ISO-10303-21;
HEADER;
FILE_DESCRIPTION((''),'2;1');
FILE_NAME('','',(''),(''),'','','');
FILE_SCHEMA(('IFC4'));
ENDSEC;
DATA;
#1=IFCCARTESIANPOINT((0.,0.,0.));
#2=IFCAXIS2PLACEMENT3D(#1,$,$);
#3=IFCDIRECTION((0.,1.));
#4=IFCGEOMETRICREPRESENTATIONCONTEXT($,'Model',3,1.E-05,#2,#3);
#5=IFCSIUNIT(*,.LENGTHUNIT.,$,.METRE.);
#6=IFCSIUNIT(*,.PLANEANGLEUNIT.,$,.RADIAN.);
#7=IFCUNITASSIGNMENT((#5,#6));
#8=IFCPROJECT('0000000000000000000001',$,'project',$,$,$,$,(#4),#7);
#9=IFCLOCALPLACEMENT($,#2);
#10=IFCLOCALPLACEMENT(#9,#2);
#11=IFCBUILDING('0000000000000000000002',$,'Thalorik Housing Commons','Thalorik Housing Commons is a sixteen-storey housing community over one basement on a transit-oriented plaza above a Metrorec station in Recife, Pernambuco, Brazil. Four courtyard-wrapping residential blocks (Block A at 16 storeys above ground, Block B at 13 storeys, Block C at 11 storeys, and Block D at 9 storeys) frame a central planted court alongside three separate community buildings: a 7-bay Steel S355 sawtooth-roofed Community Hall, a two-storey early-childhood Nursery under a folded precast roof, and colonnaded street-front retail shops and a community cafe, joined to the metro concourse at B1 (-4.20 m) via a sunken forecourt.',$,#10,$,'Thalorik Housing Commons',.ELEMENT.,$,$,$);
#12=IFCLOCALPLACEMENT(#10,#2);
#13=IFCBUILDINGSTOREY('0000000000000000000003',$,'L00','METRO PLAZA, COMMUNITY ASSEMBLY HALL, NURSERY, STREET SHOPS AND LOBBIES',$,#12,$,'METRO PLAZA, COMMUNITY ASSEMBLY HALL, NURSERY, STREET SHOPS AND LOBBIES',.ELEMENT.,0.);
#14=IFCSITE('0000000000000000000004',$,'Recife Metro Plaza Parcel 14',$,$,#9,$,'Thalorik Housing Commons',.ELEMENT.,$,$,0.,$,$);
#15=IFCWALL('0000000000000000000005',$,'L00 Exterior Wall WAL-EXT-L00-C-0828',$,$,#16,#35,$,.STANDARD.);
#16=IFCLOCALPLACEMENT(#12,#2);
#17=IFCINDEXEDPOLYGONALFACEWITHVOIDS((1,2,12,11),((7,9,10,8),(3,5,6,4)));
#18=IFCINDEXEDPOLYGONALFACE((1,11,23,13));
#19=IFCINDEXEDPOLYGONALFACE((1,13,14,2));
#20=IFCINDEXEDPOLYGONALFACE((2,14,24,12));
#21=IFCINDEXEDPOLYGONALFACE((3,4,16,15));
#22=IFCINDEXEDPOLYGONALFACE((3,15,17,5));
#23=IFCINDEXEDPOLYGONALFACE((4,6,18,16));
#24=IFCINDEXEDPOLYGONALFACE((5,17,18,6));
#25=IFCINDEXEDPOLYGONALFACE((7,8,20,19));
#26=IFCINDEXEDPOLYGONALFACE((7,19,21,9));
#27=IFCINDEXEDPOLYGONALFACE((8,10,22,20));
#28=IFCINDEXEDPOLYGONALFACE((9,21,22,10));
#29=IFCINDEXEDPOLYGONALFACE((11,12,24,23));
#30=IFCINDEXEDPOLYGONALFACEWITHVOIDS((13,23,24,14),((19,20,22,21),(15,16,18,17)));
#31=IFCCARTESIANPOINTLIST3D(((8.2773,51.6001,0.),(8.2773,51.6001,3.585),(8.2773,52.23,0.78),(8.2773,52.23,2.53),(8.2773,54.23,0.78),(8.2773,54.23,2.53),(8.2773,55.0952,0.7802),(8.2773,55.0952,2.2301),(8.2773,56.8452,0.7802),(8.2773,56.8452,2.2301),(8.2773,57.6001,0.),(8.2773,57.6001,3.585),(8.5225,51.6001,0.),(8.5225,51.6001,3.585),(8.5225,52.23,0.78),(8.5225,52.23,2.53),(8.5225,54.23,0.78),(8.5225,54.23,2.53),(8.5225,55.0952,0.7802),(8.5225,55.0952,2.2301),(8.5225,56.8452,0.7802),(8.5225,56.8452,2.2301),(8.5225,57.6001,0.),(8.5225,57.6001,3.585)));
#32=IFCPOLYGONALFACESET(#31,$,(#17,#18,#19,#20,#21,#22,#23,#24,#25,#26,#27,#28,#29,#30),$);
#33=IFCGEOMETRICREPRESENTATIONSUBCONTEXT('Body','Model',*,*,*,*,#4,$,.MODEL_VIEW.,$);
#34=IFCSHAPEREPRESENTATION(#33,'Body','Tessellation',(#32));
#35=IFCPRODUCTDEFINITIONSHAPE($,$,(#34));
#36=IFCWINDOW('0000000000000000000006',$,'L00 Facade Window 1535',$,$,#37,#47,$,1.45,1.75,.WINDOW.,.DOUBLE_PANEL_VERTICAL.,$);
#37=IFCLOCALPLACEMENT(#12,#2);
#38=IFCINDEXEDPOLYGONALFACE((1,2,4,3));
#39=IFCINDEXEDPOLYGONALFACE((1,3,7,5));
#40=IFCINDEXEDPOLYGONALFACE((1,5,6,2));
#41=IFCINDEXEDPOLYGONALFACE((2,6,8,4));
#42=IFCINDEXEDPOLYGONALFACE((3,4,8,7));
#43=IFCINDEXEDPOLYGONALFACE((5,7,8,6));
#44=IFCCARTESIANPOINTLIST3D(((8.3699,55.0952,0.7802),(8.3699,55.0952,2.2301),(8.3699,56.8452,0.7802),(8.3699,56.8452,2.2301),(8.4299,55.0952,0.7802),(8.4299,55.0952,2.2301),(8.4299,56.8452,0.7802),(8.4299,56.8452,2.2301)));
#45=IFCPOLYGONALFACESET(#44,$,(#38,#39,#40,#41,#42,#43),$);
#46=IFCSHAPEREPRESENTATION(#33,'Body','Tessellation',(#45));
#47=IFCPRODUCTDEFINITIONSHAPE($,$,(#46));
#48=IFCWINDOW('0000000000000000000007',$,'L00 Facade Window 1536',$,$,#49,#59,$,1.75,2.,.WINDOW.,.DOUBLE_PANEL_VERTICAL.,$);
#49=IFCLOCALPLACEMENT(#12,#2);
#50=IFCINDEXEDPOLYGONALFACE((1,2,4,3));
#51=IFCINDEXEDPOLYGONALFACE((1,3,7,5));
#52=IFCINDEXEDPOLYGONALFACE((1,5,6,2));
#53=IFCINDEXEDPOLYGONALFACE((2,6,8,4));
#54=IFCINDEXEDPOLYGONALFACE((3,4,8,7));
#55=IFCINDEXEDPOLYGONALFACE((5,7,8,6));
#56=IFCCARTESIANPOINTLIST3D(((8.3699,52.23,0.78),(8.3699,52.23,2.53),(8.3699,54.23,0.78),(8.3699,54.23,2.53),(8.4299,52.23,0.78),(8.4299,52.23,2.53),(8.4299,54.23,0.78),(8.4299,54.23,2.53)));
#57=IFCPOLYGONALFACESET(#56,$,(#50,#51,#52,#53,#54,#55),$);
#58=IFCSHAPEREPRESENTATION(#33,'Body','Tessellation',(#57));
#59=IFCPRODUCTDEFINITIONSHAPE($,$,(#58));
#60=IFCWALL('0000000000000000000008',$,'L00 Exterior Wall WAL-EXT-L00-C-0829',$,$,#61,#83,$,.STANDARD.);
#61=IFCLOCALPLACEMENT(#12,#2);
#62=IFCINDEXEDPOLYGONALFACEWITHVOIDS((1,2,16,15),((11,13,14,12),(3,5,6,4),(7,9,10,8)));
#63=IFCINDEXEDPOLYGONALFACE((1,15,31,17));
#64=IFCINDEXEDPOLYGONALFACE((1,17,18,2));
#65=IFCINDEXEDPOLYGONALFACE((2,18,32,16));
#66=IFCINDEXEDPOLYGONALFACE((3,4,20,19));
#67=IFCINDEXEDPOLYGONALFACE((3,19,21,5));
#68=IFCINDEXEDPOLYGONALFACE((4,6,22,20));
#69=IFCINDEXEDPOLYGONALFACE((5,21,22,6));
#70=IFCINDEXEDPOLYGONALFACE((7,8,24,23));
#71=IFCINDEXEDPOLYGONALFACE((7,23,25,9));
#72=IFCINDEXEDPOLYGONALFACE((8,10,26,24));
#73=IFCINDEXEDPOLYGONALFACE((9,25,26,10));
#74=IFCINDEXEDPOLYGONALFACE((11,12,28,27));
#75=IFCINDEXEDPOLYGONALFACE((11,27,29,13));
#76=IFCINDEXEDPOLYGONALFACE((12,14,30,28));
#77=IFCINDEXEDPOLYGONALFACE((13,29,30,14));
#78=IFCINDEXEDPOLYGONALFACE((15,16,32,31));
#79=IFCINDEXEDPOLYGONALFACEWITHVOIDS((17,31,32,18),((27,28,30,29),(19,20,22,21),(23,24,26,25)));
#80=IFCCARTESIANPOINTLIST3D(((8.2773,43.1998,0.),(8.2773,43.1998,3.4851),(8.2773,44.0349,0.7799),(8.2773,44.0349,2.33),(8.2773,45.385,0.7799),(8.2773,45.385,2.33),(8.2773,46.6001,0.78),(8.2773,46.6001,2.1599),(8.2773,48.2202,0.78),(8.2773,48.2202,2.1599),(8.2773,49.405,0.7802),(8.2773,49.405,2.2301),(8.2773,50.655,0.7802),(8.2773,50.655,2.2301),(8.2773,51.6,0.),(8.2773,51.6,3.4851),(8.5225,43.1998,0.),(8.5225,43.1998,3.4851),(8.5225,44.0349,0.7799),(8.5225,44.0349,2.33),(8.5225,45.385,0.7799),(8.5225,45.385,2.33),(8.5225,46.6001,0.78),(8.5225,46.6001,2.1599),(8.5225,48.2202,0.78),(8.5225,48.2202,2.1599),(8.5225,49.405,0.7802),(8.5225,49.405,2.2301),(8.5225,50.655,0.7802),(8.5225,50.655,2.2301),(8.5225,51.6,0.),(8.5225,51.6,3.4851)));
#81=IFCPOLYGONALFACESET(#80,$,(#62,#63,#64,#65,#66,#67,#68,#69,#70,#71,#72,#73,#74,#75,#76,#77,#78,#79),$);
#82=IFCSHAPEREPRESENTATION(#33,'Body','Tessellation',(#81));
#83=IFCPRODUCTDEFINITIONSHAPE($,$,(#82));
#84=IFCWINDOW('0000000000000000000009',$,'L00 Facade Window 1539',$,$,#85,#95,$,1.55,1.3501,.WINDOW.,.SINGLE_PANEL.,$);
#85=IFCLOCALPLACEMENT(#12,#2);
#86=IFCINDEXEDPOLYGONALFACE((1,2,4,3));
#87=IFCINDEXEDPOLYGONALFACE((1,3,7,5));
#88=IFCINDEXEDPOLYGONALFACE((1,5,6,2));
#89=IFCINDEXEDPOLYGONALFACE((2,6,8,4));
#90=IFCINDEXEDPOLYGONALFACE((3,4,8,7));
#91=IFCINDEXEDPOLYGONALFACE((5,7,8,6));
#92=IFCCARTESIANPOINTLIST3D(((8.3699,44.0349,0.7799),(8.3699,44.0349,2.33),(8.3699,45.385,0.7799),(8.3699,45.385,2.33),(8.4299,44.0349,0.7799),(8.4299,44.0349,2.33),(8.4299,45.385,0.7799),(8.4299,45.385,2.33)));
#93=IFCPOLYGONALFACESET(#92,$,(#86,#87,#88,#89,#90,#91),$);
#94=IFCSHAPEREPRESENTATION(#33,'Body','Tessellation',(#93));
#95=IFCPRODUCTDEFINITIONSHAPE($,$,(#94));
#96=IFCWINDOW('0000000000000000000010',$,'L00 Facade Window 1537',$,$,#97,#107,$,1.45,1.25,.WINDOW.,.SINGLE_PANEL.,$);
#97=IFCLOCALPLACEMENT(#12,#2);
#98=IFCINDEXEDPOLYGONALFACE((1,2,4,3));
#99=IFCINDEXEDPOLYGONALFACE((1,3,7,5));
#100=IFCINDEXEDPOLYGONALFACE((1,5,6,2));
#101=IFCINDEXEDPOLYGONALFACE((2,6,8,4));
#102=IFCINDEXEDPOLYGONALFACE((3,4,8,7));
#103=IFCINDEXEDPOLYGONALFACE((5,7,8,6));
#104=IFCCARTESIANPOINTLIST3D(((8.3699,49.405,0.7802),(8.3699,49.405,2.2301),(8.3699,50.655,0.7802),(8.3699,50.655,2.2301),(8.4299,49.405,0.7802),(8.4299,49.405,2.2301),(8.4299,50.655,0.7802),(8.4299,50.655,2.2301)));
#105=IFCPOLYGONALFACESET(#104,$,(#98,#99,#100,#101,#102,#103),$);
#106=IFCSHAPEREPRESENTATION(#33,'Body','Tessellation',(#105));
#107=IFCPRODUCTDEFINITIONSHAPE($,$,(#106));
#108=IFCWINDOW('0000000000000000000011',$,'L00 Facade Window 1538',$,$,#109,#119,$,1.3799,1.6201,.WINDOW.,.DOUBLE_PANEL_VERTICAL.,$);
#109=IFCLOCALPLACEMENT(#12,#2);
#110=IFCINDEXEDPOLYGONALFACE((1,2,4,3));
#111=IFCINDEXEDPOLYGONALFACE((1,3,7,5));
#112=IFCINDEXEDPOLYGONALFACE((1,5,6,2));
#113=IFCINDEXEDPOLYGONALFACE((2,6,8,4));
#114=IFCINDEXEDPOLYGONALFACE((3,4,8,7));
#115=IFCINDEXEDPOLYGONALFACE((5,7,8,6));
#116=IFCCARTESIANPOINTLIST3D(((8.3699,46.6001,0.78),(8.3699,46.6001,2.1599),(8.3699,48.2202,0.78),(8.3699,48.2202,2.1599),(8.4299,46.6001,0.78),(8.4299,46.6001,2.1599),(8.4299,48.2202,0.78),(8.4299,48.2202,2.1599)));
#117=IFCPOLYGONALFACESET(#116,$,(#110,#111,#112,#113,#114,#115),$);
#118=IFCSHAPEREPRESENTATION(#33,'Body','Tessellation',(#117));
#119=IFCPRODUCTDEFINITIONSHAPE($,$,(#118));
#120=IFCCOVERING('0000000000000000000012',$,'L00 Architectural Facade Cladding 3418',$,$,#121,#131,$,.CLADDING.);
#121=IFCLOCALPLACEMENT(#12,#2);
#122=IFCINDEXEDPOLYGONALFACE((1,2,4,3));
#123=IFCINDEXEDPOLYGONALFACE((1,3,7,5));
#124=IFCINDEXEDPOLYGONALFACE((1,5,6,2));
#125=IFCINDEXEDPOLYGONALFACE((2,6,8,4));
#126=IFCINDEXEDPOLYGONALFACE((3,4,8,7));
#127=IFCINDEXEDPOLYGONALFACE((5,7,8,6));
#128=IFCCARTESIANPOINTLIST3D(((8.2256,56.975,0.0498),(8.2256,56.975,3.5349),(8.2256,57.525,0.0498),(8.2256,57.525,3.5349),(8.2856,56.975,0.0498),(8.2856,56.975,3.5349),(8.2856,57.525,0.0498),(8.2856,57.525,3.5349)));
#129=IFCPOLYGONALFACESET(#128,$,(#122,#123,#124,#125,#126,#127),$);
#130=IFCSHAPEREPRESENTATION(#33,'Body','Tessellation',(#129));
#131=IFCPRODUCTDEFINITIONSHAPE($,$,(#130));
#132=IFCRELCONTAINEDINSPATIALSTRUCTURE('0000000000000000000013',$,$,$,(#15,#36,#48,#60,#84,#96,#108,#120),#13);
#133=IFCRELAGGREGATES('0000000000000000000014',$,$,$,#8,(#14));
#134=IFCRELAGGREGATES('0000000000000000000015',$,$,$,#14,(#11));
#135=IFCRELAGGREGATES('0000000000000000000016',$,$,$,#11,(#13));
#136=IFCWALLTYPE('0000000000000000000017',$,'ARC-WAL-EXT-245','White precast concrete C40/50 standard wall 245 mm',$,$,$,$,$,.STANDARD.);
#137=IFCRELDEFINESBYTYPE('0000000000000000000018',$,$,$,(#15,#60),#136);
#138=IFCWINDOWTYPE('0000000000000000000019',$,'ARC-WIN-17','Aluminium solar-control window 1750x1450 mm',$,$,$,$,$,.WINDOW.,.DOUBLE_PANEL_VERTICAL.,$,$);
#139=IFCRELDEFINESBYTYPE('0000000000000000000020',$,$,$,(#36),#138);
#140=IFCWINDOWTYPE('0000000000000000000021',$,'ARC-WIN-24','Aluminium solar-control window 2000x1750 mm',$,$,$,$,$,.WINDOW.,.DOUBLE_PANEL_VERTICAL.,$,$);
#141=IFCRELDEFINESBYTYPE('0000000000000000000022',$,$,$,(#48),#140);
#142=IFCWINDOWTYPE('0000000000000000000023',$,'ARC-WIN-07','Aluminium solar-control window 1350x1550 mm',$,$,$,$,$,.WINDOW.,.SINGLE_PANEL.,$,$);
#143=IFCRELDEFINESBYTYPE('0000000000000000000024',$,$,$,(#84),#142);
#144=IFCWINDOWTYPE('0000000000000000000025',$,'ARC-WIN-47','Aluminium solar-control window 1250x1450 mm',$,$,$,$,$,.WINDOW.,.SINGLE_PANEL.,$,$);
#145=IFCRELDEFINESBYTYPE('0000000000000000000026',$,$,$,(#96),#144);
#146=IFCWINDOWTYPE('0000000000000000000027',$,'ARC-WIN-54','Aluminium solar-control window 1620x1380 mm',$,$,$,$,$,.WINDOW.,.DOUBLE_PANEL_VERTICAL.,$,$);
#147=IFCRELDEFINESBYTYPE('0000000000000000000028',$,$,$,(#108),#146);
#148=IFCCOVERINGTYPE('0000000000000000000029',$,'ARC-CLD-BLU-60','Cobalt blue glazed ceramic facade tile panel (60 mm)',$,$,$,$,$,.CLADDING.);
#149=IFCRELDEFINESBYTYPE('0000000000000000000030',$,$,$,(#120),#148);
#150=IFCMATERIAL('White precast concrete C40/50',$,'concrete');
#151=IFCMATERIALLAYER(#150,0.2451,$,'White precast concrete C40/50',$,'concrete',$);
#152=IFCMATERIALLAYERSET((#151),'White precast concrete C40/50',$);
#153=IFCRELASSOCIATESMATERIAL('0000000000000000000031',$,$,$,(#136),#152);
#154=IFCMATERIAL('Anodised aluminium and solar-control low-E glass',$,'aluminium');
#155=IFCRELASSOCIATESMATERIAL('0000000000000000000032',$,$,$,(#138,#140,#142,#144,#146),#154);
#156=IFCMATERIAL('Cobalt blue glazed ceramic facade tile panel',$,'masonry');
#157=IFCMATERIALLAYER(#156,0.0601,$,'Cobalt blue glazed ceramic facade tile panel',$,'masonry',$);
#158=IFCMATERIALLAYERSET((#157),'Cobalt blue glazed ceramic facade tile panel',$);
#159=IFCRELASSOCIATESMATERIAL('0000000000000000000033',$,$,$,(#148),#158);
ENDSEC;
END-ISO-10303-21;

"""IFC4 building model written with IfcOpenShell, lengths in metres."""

from ifc_helpers import new_model, si_unit, direction, frame, frame_2d, origin, origin_2d, place, context, subcontext, project, spatial, rectangle, extrude, material, layer, layer_set, type_object, element, fill, save


model = new_model("IFC4")

# Units and contexts
model_context = context("Model", 3, precision=1e-05, world=origin(), true_north=direction((0.0, 1.0)))
body_context = subcontext(model_context, "Body", "Model", "MODEL_VIEW")
ifc_project = project(units=[si_unit("LENGTHUNIT", "METRE"), si_unit("PLANEANGLEUNIT", "RADIAN")], contexts=[model_context])

# Site, building, storey
site_placement = place(None, origin())
site = spatial("IfcSite", under=ifc_project, at=site_placement, Name="Recife Metro Plaza Parcel 14", LongName="Thalorik Housing Commons", CompositionType="ELEMENT", RefElevation=0.0)
building_placement = place(site_placement, origin())
building = spatial("IfcBuilding", under=site, at=building_placement, Name="Thalorik Housing Commons", Description="Thalorik Housing Commons is a sixteen-storey housing community over one basement on a transit-oriented plaza above a Metrorec station in Recife, Pernambuco, Brazil. Four courtyard-wrapping residential blocks (Block A at 16 storeys above ground, Block B at 13 storeys, Block C at 11 storeys, and Block D at 9 storeys) frame a central planted court alongside three separate community buildings: a 7-bay Steel S355 sawtooth-roofed Community Hall, a two-storey early-childhood Nursery under a folded precast roof, and colonnaded street-front retail shops and a community cafe, joined to the metro concourse at B1 (-4.20 m) via a sunken forecourt.", LongName="Thalorik Housing Commons", CompositionType="ELEMENT")
storey_placement = place(building_placement, origin())
storey = spatial("IfcBuildingStorey", under=building, at=storey_placement, Name="L00", Description="METRO PLAZA, COMMUNITY ASSEMBLY HALL, NURSERY, STREET SHOPS AND LOBBIES", LongName="METRO PLAZA, COMMUNITY ASSEMBLY HALL, NURSERY, STREET SHOPS AND LOBBIES", CompositionType="ELEMENT", Elevation=0.0)

# Walls, openings, windows
ifc_material_1 = material(Name="White precast concrete C40/50", Category="concrete")
ifc_layer_1 = layer(ifc_material_1, 0.2451, Name="White precast concrete C40/50", Category="concrete")
ifc_layer_set_1 = layer_set([ifc_layer_1], Name="White precast concrete C40/50")
wall_type = type_object("IfcWallType", Name="ARC-WAL-EXT-245", Description="White precast concrete C40/50 standard wall 245 mm", PredefinedType="STANDARD", material=ifc_layer_set_1)
ifc_material_2 = material(Name="Anodised aluminium and solar-control low-E glass", Category="aluminium")
wall_1_placement = place(storey_placement, frame((8.3999, 57.6001, 0.0), z_axis=(0.0, 0.0, 1.0), x_axis=(0.0, -1.0, 0.0)))
wall_1 = element("IfcWall", 1, at=wall_1_placement, inside=storey, type_object=wall_type, Name="L00 Exterior Wall WAL-EXT-L00-C-0828", PredefinedType="STANDARD", context=body_context, shape_type="SweptSolid", body=[
    extrude(rectangle(XDim=6.0, YDim=0.2451, at=frame_2d((3.0, 0.0))), origin(), (0.0, 0.0, 1.0), 3.585),
])
opening_1_placement = place(wall_1_placement, frame((0.7549, 0.0, 0.78)))
opening_1 = element("IfcOpeningElement", 2, at=opening_1_placement, cuts=wall_1, PredefinedType="OPENING", context=body_context, shape_type="SweptSolid", body=[
    extrude(rectangle(XDim=1.75, YDim=1.45, at=frame_2d((0.875, 0.7251))), frame((0.0, 0.1326, 0.0), z_axis=(0.0, -1.0, 0.0), x_axis=(1.0, 0.0, 0.0)), (0.0, 0.0, 1.0), 0.2651),
])
opening_2_placement = place(wall_1_placement, frame((3.3701, 0.0, 0.78)))
opening_2 = element("IfcOpeningElement", 3, at=opening_2_placement, cuts=wall_1, PredefinedType="OPENING", context=body_context, shape_type="SweptSolid", body=[
    extrude(rectangle(XDim=2.0, YDim=1.75, at=frame_2d((1.0, 0.875))), frame((0.0, 0.1326, 0.0), z_axis=(0.0, -1.0, 0.0), x_axis=(1.0, 0.0, 0.0)), (0.0, 0.0, 1.0), 0.2651),
])
window_type_1 = type_object("IfcWindowType", Name="ARC-WIN-17", Description="Aluminium solar-control window 1750x1450 mm", PartitioningType="DOUBLE_PANEL_VERTICAL", PredefinedType="WINDOW", material=ifc_material_2)
window_1_placement = place(opening_1_placement, origin())
window_1 = element("IfcWindow", 4, at=window_1_placement, inside=storey, type_object=window_type_1, Name="L00 Facade Window 1535", OverallHeight=1.45, OverallWidth=1.75, PartitioningType="DOUBLE_PANEL_VERTICAL", PredefinedType="WINDOW", context=body_context, shape_type="SweptSolid", body=[
    extrude(rectangle(XDim=1.75, YDim=1.45, at=frame_2d((0.875, 0.7251))), frame((0.0, 0.03, 0.0), z_axis=(0.0, -1.0, 0.0), x_axis=(1.0, 0.0, 0.0)), (0.0, 0.0, 1.0), 0.0601),
])
fill(opening_1, window_1)
window_type_2 = type_object("IfcWindowType", Name="ARC-WIN-24", Description="Aluminium solar-control window 2000x1750 mm", PartitioningType="DOUBLE_PANEL_VERTICAL", PredefinedType="WINDOW", material=ifc_material_2)
window_2_placement = place(opening_2_placement, origin())
window_2 = element("IfcWindow", 5, at=window_2_placement, inside=storey, type_object=window_type_2, Name="L00 Facade Window 1536", OverallHeight=1.75, OverallWidth=2.0, PartitioningType="DOUBLE_PANEL_VERTICAL", PredefinedType="WINDOW", context=body_context, shape_type="SweptSolid", body=[
    extrude(rectangle(XDim=2.0, YDim=1.75, at=frame_2d((1.0, 0.875))), frame((0.0, 0.03, 0.0), z_axis=(0.0, -1.0, 0.0), x_axis=(1.0, 0.0, 0.0)), (0.0, 0.0, 1.0), 0.0601),
])
fill(opening_2, window_2)
wall_2_placement = place(storey_placement, frame((8.3999, 51.6001, 0.0), z_axis=(0.0, 0.0, 1.0), x_axis=(0.0, -1.0, 0.0)))
wall_2 = element("IfcWall", 6, at=wall_2_placement, inside=storey, type_object=wall_type, Name="L00 Exterior Wall WAL-EXT-L00-C-0829", PredefinedType="STANDARD", context=body_context, shape_type="SweptSolid", body=[
    extrude(rectangle(XDim=8.4001, YDim=0.2451, at=frame_2d((4.2002, 0.0))), origin(), (0.0, 0.0, 1.0), 3.4851),
])
opening_3_placement = place(wall_2_placement, frame((0.9451, 0.0, 0.78)))
opening_3 = element("IfcOpeningElement", 7, at=opening_3_placement, cuts=wall_2, PredefinedType="OPENING", context=body_context, shape_type="SweptSolid", body=[
    extrude(rectangle(XDim=1.25, YDim=1.45, at=frame_2d((0.625, 0.7251))), frame((0.0, 0.1326, 0.0), z_axis=(0.0, -1.0, 0.0), x_axis=(1.0, 0.0, 0.0)), (0.0, 0.0, 1.0), 0.2651),
])
opening_4_placement = place(wall_2_placement, frame((3.3799, 0.0, 0.78)))
opening_4 = element("IfcOpeningElement", 8, at=opening_4_placement, cuts=wall_2, PredefinedType="OPENING", context=body_context, shape_type="SweptSolid", body=[
    extrude(rectangle(XDim=1.6201, YDim=1.3799, at=frame_2d((0.8101, 0.6899))), frame((0.0, 0.1326, 0.0), z_axis=(0.0, -1.0, 0.0), x_axis=(1.0, 0.0, 0.0)), (0.0, 0.0, 1.0), 0.2651),
])
opening_5_placement = place(wall_2_placement, frame((6.2151, 0.0, 0.78)))
opening_5 = element("IfcOpeningElement", 9, at=opening_5_placement, cuts=wall_2, PredefinedType="OPENING", context=body_context, shape_type="SweptSolid", body=[
    extrude(rectangle(XDim=1.3501, YDim=1.55, at=frame_2d((0.675, 0.7749))), frame((0.0, 0.1326, 0.0), z_axis=(0.0, -1.0, 0.0), x_axis=(1.0, 0.0, 0.0)), (0.0, 0.0, 1.0), 0.2651),
])
window_type_3 = type_object("IfcWindowType", Name="ARC-WIN-07", Description="Aluminium solar-control window 1350x1550 mm", PartitioningType="SINGLE_PANEL", PredefinedType="WINDOW", material=ifc_material_2)
window_3_placement = place(opening_5_placement, origin())
window_3 = element("IfcWindow", 10, at=window_3_placement, inside=storey, type_object=window_type_3, Name="L00 Facade Window 1539", OverallHeight=1.55, OverallWidth=1.3501, PartitioningType="SINGLE_PANEL", PredefinedType="WINDOW", context=body_context, shape_type="SweptSolid", body=[
    extrude(rectangle(XDim=1.3501, YDim=1.55, at=frame_2d((0.675, 0.7749))), frame((0.0, 0.03, 0.0), z_axis=(0.0, -1.0, 0.0), x_axis=(1.0, 0.0, 0.0)), (0.0, 0.0, 1.0), 0.0601),
])
fill(opening_5, window_3)
window_type_4 = type_object("IfcWindowType", Name="ARC-WIN-47", Description="Aluminium solar-control window 1250x1450 mm", PartitioningType="SINGLE_PANEL", PredefinedType="WINDOW", material=ifc_material_2)
window_4_placement = place(opening_3_placement, origin())
window_4 = element("IfcWindow", 11, at=window_4_placement, inside=storey, type_object=window_type_4, Name="L00 Facade Window 1537", OverallHeight=1.45, OverallWidth=1.25, PartitioningType="SINGLE_PANEL", PredefinedType="WINDOW", context=body_context, shape_type="SweptSolid", body=[
    extrude(rectangle(XDim=1.25, YDim=1.45, at=frame_2d((0.625, 0.7251))), frame((0.0, 0.03, 0.0), z_axis=(0.0, -1.0, 0.0), x_axis=(1.0, 0.0, 0.0)), (0.0, 0.0, 1.0), 0.0601),
])
fill(opening_3, window_4)
window_type_5 = type_object("IfcWindowType", Name="ARC-WIN-54", Description="Aluminium solar-control window 1620x1380 mm", PartitioningType="DOUBLE_PANEL_VERTICAL", PredefinedType="WINDOW", material=ifc_material_2)
window_5_placement = place(opening_4_placement, origin())
window_5 = element("IfcWindow", 12, at=window_5_placement, inside=storey, type_object=window_type_5, Name="L00 Facade Window 1538", OverallHeight=1.3799, OverallWidth=1.6201, PartitioningType="DOUBLE_PANEL_VERTICAL", PredefinedType="WINDOW", context=body_context, shape_type="SweptSolid", body=[
    extrude(rectangle(XDim=1.6201, YDim=1.3799, at=frame_2d((0.8101, 0.6899))), frame((0.0, 0.03, 0.0), z_axis=(0.0, -1.0, 0.0), x_axis=(1.0, 0.0, 0.0)), (0.0, 0.0, 1.0), 0.0601),
])
fill(opening_4, window_5)

# Covering
ifc_material_3 = material(Name="Cobalt blue glazed ceramic facade tile panel", Category="masonry")
ifc_layer_2 = layer(ifc_material_3, 0.0601, Name="Cobalt blue glazed ceramic facade tile panel", Category="masonry")
ifc_layer_set_2 = layer_set([ifc_layer_2], Name="Cobalt blue glazed ceramic facade tile panel")
covering_type = type_object("IfcCoveringType", Name="ARC-CLD-BLU-60", Description="Cobalt blue glazed ceramic facade tile panel (60 mm)", PredefinedType="CLADDING", material=ifc_layer_set_2)
covering_placement = place(storey_placement, frame((8.2556, 57.25, 0.0498), z_axis=(0.0, 0.0, 1.0), x_axis=(0.0, -1.0, 0.0)))
element("IfcCovering", 13, at=covering_placement, inside=storey, type_object=covering_type, Name="L00 Architectural Facade Cladding 3418", PredefinedType="CLADDING", context=body_context, shape_type="SweptSolid", body=[
    extrude(rectangle(XDim=0.55, YDim=0.0601, at=origin_2d()), origin(), (0.0, 0.0, 1.0), 3.4851),
])

save(model, "model.ifc")
